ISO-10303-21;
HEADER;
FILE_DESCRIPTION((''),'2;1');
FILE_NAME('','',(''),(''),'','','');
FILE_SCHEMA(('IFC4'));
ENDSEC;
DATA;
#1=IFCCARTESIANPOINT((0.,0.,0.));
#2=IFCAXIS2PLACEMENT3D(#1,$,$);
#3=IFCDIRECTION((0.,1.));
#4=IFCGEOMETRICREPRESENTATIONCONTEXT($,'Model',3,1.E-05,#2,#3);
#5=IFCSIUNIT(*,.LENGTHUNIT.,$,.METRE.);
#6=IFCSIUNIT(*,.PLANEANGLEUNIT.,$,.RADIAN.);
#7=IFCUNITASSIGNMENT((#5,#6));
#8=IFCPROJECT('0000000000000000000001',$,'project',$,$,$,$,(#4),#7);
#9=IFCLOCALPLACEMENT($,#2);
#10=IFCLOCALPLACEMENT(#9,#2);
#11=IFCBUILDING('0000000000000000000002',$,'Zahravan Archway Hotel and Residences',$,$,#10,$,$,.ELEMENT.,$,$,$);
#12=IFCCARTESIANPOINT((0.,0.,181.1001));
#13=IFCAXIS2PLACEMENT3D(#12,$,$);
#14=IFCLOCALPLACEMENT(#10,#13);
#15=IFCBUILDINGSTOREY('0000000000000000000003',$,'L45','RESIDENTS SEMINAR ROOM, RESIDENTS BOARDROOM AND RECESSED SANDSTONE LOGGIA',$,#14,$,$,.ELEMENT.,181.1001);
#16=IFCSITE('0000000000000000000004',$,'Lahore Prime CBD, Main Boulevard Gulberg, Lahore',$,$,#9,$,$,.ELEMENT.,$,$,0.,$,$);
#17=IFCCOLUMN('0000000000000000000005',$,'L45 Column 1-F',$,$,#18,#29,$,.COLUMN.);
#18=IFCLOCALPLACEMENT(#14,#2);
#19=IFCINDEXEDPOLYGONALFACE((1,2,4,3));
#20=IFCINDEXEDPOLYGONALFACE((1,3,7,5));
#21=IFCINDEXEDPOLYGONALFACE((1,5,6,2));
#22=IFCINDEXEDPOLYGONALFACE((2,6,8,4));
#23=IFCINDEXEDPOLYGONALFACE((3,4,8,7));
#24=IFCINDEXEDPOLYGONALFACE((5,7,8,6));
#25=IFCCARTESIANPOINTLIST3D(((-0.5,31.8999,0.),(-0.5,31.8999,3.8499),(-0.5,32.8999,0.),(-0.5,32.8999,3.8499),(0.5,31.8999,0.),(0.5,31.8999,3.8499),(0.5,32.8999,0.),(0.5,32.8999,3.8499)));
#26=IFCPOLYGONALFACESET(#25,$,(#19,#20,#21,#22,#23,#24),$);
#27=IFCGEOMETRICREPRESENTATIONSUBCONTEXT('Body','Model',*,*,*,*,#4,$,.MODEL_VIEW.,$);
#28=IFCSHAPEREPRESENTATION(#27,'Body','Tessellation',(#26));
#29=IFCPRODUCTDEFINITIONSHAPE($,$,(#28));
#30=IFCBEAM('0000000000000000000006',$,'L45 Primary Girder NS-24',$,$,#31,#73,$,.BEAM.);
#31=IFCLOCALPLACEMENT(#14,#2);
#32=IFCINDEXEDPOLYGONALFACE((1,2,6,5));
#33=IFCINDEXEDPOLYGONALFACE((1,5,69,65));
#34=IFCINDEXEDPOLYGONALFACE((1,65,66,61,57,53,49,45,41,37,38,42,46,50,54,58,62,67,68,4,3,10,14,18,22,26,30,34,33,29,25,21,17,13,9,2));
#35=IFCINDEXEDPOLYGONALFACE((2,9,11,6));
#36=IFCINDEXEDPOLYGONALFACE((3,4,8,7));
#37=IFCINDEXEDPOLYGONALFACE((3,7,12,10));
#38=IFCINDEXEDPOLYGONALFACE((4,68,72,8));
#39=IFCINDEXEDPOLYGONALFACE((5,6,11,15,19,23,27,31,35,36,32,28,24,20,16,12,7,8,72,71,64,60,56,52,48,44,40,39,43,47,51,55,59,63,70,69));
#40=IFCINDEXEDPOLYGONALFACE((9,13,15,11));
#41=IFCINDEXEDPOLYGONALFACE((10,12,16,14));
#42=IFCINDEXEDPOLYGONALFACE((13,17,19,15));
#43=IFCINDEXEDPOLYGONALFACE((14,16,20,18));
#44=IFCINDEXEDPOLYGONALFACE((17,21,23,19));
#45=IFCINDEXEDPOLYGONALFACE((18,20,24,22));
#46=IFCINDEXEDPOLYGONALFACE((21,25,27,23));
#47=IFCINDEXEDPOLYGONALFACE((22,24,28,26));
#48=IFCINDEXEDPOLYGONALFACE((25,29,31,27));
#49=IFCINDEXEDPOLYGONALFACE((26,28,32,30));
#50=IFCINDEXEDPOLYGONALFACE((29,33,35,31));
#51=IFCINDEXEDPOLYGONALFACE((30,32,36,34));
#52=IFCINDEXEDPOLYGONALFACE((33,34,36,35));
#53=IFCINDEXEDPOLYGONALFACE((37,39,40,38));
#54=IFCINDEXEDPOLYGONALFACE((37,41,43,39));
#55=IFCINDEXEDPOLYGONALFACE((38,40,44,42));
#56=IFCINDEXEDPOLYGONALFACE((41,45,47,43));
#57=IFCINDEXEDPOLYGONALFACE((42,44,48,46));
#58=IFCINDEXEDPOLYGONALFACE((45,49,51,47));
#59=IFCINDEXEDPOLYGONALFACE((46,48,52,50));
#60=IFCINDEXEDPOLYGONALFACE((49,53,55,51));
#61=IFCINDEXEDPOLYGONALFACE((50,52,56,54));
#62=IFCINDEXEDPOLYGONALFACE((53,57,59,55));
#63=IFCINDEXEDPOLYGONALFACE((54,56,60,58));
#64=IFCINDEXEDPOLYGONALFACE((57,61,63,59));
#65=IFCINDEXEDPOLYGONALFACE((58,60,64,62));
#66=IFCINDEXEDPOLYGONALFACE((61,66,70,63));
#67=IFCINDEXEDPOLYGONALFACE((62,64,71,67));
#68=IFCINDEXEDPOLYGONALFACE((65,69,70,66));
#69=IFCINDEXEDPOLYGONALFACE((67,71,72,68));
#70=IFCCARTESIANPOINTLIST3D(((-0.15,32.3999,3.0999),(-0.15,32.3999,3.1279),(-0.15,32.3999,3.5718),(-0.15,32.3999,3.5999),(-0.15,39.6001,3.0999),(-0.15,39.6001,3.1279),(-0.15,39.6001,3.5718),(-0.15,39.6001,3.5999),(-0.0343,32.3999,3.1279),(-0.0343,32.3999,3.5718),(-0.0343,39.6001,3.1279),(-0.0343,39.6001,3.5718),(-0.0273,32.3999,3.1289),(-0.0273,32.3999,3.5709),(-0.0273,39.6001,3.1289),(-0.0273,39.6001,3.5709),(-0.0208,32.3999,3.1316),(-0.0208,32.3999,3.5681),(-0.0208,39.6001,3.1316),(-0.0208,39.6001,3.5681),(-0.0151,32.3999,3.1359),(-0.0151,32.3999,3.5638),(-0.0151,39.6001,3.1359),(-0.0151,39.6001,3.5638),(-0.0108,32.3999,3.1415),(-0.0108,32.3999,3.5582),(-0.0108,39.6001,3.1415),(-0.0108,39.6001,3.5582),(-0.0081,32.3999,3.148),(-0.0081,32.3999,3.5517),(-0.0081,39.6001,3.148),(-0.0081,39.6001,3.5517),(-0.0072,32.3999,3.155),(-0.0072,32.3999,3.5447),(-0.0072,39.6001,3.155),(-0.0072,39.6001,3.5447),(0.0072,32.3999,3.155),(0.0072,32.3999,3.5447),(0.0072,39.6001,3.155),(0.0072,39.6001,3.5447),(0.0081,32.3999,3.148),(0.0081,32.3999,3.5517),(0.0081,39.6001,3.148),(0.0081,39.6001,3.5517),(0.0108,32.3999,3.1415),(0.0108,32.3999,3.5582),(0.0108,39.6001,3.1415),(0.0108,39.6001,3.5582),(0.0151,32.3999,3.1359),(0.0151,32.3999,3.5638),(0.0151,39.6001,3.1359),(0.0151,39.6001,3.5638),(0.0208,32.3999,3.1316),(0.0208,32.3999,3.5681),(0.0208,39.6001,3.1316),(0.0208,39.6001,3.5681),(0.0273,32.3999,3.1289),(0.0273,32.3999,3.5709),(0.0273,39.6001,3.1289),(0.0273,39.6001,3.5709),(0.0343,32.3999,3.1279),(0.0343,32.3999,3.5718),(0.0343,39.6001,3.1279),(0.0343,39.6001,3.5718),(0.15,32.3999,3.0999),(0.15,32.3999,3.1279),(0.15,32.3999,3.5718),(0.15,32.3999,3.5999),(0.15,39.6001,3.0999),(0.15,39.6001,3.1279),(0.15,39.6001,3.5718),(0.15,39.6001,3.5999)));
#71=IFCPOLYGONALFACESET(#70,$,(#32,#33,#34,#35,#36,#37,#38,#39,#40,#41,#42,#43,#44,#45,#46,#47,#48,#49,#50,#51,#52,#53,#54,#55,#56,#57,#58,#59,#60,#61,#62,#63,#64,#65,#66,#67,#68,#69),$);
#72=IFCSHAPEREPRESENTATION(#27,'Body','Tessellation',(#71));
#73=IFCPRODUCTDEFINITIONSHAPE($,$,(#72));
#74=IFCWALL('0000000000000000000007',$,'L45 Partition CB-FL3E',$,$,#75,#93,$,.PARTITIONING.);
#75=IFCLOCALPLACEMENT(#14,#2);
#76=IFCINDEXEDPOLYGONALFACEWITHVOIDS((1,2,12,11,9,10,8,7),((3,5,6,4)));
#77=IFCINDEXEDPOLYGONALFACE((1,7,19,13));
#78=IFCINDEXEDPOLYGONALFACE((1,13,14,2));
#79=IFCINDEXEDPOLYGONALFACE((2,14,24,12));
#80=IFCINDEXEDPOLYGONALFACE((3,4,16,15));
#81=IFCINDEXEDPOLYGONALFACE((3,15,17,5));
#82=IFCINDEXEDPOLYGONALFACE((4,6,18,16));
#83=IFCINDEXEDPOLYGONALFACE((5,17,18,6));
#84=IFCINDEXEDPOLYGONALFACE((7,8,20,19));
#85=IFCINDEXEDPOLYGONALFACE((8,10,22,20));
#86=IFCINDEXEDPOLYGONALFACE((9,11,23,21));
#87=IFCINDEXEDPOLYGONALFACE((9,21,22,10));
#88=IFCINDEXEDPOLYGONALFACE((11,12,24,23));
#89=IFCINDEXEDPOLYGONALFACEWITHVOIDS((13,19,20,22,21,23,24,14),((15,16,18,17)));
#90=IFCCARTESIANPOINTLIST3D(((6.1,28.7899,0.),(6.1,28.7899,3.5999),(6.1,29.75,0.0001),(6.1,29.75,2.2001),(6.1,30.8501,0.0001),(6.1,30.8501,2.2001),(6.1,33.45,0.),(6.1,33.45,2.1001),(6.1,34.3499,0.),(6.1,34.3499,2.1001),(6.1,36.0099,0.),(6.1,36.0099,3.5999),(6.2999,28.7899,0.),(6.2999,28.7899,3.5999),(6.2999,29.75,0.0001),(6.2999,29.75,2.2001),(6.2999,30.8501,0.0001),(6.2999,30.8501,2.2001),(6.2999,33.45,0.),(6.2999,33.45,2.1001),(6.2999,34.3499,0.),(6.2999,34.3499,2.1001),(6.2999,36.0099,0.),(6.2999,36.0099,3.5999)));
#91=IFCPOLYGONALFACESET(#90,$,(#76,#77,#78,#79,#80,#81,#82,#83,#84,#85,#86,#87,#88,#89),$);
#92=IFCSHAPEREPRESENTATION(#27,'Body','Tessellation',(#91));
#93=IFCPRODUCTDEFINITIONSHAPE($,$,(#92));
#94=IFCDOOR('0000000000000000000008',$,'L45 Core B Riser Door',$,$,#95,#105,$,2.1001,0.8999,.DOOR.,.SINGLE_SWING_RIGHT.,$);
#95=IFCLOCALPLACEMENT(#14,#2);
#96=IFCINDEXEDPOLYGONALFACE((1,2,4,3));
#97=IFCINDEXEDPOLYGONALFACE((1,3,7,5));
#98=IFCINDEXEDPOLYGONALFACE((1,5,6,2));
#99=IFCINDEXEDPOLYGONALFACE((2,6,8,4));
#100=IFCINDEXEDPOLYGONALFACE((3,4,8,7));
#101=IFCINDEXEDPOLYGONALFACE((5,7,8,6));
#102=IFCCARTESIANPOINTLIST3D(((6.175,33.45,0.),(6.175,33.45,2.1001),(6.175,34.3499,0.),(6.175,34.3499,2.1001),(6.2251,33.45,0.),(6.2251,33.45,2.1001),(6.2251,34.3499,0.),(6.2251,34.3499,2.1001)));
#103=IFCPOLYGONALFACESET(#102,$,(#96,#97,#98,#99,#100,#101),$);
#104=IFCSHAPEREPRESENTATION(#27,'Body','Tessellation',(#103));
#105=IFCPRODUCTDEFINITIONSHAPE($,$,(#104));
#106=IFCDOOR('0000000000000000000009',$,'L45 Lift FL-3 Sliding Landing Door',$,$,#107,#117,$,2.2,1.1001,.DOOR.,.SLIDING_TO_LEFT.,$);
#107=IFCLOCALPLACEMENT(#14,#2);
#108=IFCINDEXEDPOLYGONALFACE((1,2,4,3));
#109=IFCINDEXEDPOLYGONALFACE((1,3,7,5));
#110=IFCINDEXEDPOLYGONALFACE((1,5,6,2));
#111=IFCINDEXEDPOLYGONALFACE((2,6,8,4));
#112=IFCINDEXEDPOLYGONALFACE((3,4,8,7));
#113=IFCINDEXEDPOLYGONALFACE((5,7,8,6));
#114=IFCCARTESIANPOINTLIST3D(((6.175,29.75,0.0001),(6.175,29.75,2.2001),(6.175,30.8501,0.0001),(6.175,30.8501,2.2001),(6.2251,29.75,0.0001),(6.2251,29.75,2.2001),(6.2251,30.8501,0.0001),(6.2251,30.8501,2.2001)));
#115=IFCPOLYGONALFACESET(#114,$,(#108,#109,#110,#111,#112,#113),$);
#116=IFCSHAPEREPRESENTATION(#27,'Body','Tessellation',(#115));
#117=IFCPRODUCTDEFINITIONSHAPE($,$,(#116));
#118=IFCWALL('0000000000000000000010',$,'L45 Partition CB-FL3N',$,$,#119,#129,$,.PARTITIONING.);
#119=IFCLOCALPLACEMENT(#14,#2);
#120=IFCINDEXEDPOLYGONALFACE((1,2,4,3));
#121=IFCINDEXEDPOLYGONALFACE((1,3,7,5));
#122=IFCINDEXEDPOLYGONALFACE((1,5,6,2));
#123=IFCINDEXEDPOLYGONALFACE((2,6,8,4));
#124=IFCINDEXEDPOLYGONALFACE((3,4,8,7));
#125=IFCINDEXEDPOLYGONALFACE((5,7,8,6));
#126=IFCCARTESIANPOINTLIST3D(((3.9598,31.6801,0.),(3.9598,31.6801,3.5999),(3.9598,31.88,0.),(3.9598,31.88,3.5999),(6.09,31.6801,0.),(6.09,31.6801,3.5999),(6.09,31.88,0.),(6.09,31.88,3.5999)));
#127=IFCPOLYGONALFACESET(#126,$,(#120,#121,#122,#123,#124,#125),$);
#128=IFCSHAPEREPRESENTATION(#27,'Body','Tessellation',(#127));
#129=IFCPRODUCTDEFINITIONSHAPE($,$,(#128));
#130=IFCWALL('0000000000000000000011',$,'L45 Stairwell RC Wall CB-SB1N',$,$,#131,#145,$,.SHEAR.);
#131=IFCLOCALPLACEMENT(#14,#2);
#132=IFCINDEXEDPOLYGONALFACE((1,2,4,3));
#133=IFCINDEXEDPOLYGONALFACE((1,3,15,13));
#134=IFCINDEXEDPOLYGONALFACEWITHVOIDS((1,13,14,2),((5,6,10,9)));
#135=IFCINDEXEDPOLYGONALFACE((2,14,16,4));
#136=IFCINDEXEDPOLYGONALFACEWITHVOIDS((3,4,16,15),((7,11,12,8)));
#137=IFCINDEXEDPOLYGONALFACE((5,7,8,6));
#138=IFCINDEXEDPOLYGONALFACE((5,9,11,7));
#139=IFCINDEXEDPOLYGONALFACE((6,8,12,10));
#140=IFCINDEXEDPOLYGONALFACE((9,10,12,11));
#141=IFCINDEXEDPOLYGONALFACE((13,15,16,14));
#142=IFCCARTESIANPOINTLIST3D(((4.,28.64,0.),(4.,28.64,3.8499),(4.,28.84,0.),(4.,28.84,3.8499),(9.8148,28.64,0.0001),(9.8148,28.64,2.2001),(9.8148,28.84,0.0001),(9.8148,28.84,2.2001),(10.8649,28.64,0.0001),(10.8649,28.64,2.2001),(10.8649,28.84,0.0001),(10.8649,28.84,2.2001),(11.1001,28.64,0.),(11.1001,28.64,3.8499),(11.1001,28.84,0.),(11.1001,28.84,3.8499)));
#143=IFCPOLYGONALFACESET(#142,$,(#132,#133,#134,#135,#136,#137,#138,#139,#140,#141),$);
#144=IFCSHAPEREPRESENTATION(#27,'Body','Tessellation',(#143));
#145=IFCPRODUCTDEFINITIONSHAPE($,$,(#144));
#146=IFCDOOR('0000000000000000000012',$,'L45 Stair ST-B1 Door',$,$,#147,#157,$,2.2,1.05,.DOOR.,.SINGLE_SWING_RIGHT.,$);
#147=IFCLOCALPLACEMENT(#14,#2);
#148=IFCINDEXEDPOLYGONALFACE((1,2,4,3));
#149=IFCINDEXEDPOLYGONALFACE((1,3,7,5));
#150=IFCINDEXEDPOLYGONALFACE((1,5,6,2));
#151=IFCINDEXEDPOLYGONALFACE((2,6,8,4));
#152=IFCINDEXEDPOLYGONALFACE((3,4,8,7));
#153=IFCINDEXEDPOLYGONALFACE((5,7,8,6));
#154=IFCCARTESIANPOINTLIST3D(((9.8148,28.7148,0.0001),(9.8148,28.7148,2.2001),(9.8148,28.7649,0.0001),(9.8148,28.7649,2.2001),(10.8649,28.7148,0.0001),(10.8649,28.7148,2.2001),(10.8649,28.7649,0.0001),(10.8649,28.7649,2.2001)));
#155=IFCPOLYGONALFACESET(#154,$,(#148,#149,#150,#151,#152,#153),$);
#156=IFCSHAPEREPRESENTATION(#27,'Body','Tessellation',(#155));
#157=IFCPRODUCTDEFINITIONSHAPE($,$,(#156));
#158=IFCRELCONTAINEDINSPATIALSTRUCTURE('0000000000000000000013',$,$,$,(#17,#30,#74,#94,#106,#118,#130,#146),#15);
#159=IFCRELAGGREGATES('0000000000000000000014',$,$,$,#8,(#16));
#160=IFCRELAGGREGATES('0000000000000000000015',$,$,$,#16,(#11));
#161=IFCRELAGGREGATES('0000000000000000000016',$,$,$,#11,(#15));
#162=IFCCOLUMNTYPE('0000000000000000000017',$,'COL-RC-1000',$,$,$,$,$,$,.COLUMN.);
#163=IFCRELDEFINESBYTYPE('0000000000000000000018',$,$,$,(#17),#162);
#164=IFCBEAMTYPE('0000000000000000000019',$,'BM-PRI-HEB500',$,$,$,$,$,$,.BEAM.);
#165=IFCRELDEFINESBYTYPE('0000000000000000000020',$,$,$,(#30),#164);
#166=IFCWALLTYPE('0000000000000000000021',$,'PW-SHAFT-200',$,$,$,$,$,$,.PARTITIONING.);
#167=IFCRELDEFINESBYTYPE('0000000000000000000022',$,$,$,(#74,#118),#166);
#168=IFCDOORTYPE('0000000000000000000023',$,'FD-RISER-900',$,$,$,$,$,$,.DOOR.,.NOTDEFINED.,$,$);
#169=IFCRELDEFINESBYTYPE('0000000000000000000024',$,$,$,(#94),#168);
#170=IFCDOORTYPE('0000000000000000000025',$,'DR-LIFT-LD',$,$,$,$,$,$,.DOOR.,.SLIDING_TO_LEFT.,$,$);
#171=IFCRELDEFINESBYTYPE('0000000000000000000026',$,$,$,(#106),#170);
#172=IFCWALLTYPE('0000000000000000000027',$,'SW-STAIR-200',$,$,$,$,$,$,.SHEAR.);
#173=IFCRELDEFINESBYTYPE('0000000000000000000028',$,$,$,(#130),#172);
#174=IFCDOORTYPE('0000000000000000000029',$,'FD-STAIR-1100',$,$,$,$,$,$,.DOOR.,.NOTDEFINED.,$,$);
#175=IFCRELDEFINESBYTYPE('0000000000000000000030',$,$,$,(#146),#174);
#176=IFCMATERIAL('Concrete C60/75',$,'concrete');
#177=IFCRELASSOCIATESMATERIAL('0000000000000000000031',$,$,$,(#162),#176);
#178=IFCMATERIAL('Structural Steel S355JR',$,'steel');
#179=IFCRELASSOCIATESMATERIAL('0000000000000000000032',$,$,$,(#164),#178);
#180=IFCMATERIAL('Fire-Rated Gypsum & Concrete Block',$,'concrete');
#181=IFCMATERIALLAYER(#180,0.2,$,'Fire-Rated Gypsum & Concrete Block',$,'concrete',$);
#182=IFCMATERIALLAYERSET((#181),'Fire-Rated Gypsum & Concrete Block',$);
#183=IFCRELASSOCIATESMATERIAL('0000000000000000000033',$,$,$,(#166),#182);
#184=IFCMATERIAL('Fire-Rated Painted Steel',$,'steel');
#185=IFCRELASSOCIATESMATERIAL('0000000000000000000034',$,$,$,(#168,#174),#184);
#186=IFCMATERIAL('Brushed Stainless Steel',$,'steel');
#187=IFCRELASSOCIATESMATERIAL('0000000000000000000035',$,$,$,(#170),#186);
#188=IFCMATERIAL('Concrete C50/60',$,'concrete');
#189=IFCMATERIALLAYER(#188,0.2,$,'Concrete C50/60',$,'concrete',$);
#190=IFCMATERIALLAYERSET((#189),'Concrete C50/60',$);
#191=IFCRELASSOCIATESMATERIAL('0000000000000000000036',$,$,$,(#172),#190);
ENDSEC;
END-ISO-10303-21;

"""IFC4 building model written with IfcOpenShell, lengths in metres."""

from ifc_helpers import new_model, si_unit, direction, frame, frame_2d, origin, origin_2d, place, context, subcontext, project, spatial, rectangle, i_section, extrude, source, transform, mapped, material, layer, layer_set, material_profile, profile_set, type_object, type_shapes, element, fill, save


model = new_model("IFC4")

# Units and contexts
model_context = context("Model", 3, precision=1e-05, world=origin(), true_north=direction((0.0, 1.0)))
body_context = subcontext(model_context, "Body", "Model", "MODEL_VIEW")
ifc_project = project(units=[si_unit("LENGTHUNIT", "METRE"), si_unit("PLANEANGLEUNIT", "RADIAN")], contexts=[model_context])

# Site, building, storey
site_placement = place(None, origin())
site = spatial("IfcSite", under=ifc_project, at=site_placement, Name="Lahore Prime CBD, Main Boulevard Gulberg, Lahore", CompositionType="ELEMENT", RefElevation=0.0)
building_placement = place(site_placement, origin())
building = spatial("IfcBuilding", under=site, at=building_placement, Name="Zahravan Archway Hotel and Residences", CompositionType="ELEMENT")
storey_placement = place(building_placement, frame((0.0, 0.0, 181.1001)))
storey = spatial("IfcBuildingStorey", under=building, at=storey_placement, Name="L45", Description="RESIDENTS SEMINAR ROOM, RESIDENTS BOARDROOM AND RECESSED SANDSTONE LOGGIA", CompositionType="ELEMENT", Elevation=181.1001)

# Column
ifc_material_1 = material(Name="Concrete C60/75", Category="concrete")
ifc_material_profile_1 = material_profile(ifc_material_1, rectangle(XDim=1.0, YDim=1.0, at=origin_2d()), Name="RC-COL-1000x1000", Category="concrete")
ifc_profile_set_1 = profile_set([ifc_material_profile_1], Name="Concrete C60/75")
column_type = type_object("IfcColumnType", Name="COL-RC-1000", PredefinedType="COLUMN", material=ifc_profile_set_1)
shared_shape_1 = source(origin(), body_context, "Body", "SweptSolid", [
    extrude(rectangle(XDim=1.0, YDim=1.0, at=origin_2d()), origin(), (0.0, 0.0, 1.0), 3.8499),
])
column_placement = place(storey_placement, frame((0.0, 32.3999, 0.0), z_axis=(0.0, 0.0, 1.0), x_axis=(1.0, 0.0, 0.0)))
element("IfcColumn", 1, at=column_placement, inside=storey, type_object=column_type, Name="L45 Column 1-F", PredefinedType="COLUMN", context=body_context, shape_type="MappedRepresentation", body=[
    mapped(shared_shape_1, transform((0.0, 0.0, 0.0), scale=1.0)),
])

# Beam
ifc_material_2 = material(Name="Structural Steel S355JR", Category="steel")
ifc_material_profile_2 = material_profile(ifc_material_2, i_section(OverallWidth=0.3, OverallDepth=0.5, WebThickness=0.0144, FlangeThickness=0.0281, FilletRadius=0.0271, at=origin_2d()), Name="HEB 500", Category="steel")
ifc_profile_set_2 = profile_set([ifc_material_profile_2], Name="Structural Steel S355JR")
beam_type = type_object("IfcBeamType", Name="BM-PRI-HEB500", PredefinedType="BEAM", material=ifc_profile_set_2)
shared_shape_2 = source(origin(), body_context, "Body", "SweptSolid", [
    extrude(i_section(OverallWidth=0.3, OverallDepth=0.5, WebThickness=0.0144, FlangeThickness=0.0281, FilletRadius=0.0271, at=origin_2d()), origin(), (0.0, 0.0, 1.0), 7.2002),
])
type_shapes(beam_type, [shared_shape_2])
beam_placement = place(storey_placement, frame((0.0, 32.3999, 3.3499), z_axis=(0.0, 1.0, 0.0), x_axis=(-1.0, 0.0, 0.0)))
element("IfcBeam", 2, at=beam_placement, inside=storey, type_object=beam_type, Name="L45 Primary Girder NS-24", PredefinedType="BEAM", context=body_context, shape_type="MappedRepresentation", body=[
    mapped(shared_shape_2, transform((0.0, 0.0, 0.0), scale=1.0)),
])

# Wall, openings, doors
ifc_material_3 = material(Name="Fire-Rated Gypsum & Concrete Block", Category="concrete")
ifc_layer_1 = layer(ifc_material_3, 0.2, Name="Fire-Rated Gypsum & Concrete Block", Category="concrete")
ifc_layer_set_1 = layer_set([ifc_layer_1], Name="Fire-Rated Gypsum & Concrete Block")
wall_type_1 = type_object("IfcWallType", Name="PW-SHAFT-200", PredefinedType="PARTITIONING", material=ifc_layer_set_1)
wall_1_placement = place(storey_placement, frame((6.2, 28.79, 0.0), z_axis=(0.0, 0.0, 1.0), x_axis=(0.0, 1.0, 0.0)))
wall_1 = element("IfcWall", 3, at=wall_1_placement, inside=storey, type_object=wall_type_1, Name="L45 Partition CB-FL3E", PredefinedType="PARTITIONING", context=body_context, shape_type="SweptSolid", body=[
    extrude(rectangle(XDim=7.22, YDim=0.2, at=frame_2d((3.6099, 0.0))), origin(), (0.0, 0.0, 1.0), 3.5999),
])
opening_1_placement = place(wall_1_placement, frame((4.6599, 0.0, 0.0)))
opening_1 = element("IfcOpeningElement", 4, at=opening_1_placement, cuts=wall_1, PredefinedType="OPENING", context=body_context, shape_type="SweptSolid", body=[
    extrude(rectangle(XDim=0.8999, YDim=2.1001, at=frame_2d((0.45, 1.05))), frame((0.0, 0.1099, 0.0), z_axis=(0.0, -1.0, 0.0), x_axis=(1.0, 0.0, 0.0)), (0.0, 0.0, 1.0), 0.22),
])
opening_2_placement = place(wall_1_placement, frame((0.96, 0.0, 0.0)))
opening_2 = element("IfcOpeningElement", 5, at=opening_2_placement, cuts=wall_1, PredefinedType="OPENING", context=body_context, shape_type="SweptSolid", body=[
    extrude(rectangle(XDim=1.1001, YDim=2.2, at=frame_2d((0.55, 1.1001))), frame((0.0, 0.1099, 0.0), z_axis=(0.0, -1.0, 0.0), x_axis=(1.0, 0.0, 0.0)), (0.0, 0.0, 1.0), 0.22),
])
ifc_material_4 = material(Name="Fire-Rated Painted Steel", Category="steel")
door_type_1 = type_object("IfcDoorType", Name="FD-RISER-900", OperationType="NOTDEFINED", PredefinedType="DOOR", material=ifc_material_4)
shared_shape_3 = source(origin(), body_context, "Body", "SweptSolid", [
    extrude(rectangle(XDim=0.8999, YDim=2.1001, at=frame_2d((0.45, 1.05))), frame((0.0, 0.0249, 0.0), z_axis=(0.0, -1.0, 0.0), x_axis=(1.0, 0.0, 0.0)), (0.0, 0.0, 1.0), 0.05),
])
type_shapes(door_type_1, [shared_shape_3])
door_1_placement = place(opening_1_placement, origin())
door_1 = element("IfcDoor", 6, at=door_1_placement, inside=storey, type_object=door_type_1, Name="L45 Core B Riser Door", OperationType="SINGLE_SWING_RIGHT", OverallHeight=2.1001, OverallWidth=0.8999, PredefinedType="DOOR", context=body_context, shape_type="MappedRepresentation", body=[
    mapped(shared_shape_3, transform((0.0, 0.0, 0.0), scale=1.0)),
])
fill(opening_1, door_1)
ifc_material_5 = material(Name="Brushed Stainless Steel", Category="steel")
door_type_2 = type_object("IfcDoorType", Name="DR-LIFT-LD", OperationType="SLIDING_TO_LEFT", PredefinedType="DOOR", material=ifc_material_5)
shared_shape_4 = source(origin(), body_context, "Body", "SweptSolid", [
    extrude(rectangle(XDim=1.1001, YDim=2.2, at=frame_2d((0.55, 1.1001))), frame((0.0, 0.0249, 0.0), z_axis=(0.0, -1.0, 0.0), x_axis=(1.0, 0.0, 0.0)), (0.0, 0.0, 1.0), 0.05),
])
type_shapes(door_type_2, [shared_shape_4])
door_2_placement = place(opening_2_placement, origin())
door_2 = element("IfcDoor", 7, at=door_2_placement, inside=storey, type_object=door_type_2, Name="L45 Lift FL-3 Sliding Landing Door", OperationType="SLIDING_TO_LEFT", OverallHeight=2.2, OverallWidth=1.1001, PredefinedType="DOOR", context=body_context, shape_type="MappedRepresentation", body=[
    mapped(shared_shape_4, transform((0.0, 0.0, 0.0), scale=1.0)),
])
fill(opening_2, door_2)

# Wall
wall_2_placement = place(storey_placement, frame((3.96, 31.78, 0.0), z_axis=(0.0, 0.0, 1.0), x_axis=(1.0, 0.0, 0.0)))
element("IfcWall", 8, at=wall_2_placement, inside=storey, type_object=wall_type_1, Name="L45 Partition CB-FL3N", PredefinedType="PARTITIONING", context=body_context, shape_type="SweptSolid", body=[
    extrude(rectangle(XDim=2.1301, YDim=0.2, at=frame_2d((1.0649, 0.0))), origin(), (0.0, 0.0, 1.0), 3.5999),
])

# Wall, opening, door
ifc_material_6 = material(Name="Concrete C50/60", Category="concrete")
ifc_layer_2 = layer(ifc_material_6, 0.2, Name="Concrete C50/60", Category="concrete")
ifc_layer_set_2 = layer_set([ifc_layer_2], Name="Concrete C50/60")
wall_type_2 = type_object("IfcWallType", Name="SW-STAIR-200", PredefinedType="SHEAR", material=ifc_layer_set_2)
wall_3_placement = place(storey_placement, frame((4.0, 28.74, 0.0), z_axis=(0.0, 0.0, 1.0), x_axis=(1.0, 0.0, 0.0)))
wall_3 = element("IfcWall", 9, at=wall_3_placement, inside=storey, type_object=wall_type_2, Name="L45 Stairwell RC Wall CB-SB1N", PredefinedType="SHEAR", context=body_context, shape_type="SweptSolid", body=[
    extrude(rectangle(XDim=7.1001, YDim=0.2, at=frame_2d((3.55, 0.0))), origin(), (0.0, 0.0, 1.0), 3.8499),
])
opening_3_placement = place(wall_3_placement, frame((5.8149, 0.0, 0.0)))
opening_3 = element("IfcOpeningElement", 10, at=opening_3_placement, cuts=wall_3, PredefinedType="OPENING", context=body_context, shape_type="SweptSolid", body=[
    extrude(rectangle(XDim=1.05, YDim=2.2, at=frame_2d((0.5249, 1.1001))), frame((0.0, 0.1099, 0.0), z_axis=(0.0, -1.0, 0.0), x_axis=(1.0, 0.0, 0.0)), (0.0, 0.0, 1.0), 0.22),
])
door_type_3 = type_object("IfcDoorType", Name="FD-STAIR-1100", OperationType="NOTDEFINED", PredefinedType="DOOR", material=ifc_material_4)
shared_shape_5 = source(origin(), body_context, "Body", "SweptSolid", [
    extrude(rectangle(XDim=1.05, YDim=2.2, at=frame_2d((0.5249, 1.1001))), frame((0.0, 0.0249, 0.0), z_axis=(0.0, -1.0, 0.0), x_axis=(1.0, 0.0, 0.0)), (0.0, 0.0, 1.0), 0.05),
])
type_shapes(door_type_3, [shared_shape_5])
door_3_placement = place(opening_3_placement, origin())
door_3 = element("IfcDoor", 11, at=door_3_placement, inside=storey, type_object=door_type_3, Name="L45 Stair ST-B1 Door", OperationType="SINGLE_SWING_RIGHT", OverallHeight=2.2, OverallWidth=1.05, PredefinedType="DOOR", context=body_context, shape_type="MappedRepresentation", body=[
    mapped(shared_shape_5, transform((0.0, 0.0, 0.0), scale=1.0)),
])
fill(opening_3, door_3)

save(model, "model.ifc")
